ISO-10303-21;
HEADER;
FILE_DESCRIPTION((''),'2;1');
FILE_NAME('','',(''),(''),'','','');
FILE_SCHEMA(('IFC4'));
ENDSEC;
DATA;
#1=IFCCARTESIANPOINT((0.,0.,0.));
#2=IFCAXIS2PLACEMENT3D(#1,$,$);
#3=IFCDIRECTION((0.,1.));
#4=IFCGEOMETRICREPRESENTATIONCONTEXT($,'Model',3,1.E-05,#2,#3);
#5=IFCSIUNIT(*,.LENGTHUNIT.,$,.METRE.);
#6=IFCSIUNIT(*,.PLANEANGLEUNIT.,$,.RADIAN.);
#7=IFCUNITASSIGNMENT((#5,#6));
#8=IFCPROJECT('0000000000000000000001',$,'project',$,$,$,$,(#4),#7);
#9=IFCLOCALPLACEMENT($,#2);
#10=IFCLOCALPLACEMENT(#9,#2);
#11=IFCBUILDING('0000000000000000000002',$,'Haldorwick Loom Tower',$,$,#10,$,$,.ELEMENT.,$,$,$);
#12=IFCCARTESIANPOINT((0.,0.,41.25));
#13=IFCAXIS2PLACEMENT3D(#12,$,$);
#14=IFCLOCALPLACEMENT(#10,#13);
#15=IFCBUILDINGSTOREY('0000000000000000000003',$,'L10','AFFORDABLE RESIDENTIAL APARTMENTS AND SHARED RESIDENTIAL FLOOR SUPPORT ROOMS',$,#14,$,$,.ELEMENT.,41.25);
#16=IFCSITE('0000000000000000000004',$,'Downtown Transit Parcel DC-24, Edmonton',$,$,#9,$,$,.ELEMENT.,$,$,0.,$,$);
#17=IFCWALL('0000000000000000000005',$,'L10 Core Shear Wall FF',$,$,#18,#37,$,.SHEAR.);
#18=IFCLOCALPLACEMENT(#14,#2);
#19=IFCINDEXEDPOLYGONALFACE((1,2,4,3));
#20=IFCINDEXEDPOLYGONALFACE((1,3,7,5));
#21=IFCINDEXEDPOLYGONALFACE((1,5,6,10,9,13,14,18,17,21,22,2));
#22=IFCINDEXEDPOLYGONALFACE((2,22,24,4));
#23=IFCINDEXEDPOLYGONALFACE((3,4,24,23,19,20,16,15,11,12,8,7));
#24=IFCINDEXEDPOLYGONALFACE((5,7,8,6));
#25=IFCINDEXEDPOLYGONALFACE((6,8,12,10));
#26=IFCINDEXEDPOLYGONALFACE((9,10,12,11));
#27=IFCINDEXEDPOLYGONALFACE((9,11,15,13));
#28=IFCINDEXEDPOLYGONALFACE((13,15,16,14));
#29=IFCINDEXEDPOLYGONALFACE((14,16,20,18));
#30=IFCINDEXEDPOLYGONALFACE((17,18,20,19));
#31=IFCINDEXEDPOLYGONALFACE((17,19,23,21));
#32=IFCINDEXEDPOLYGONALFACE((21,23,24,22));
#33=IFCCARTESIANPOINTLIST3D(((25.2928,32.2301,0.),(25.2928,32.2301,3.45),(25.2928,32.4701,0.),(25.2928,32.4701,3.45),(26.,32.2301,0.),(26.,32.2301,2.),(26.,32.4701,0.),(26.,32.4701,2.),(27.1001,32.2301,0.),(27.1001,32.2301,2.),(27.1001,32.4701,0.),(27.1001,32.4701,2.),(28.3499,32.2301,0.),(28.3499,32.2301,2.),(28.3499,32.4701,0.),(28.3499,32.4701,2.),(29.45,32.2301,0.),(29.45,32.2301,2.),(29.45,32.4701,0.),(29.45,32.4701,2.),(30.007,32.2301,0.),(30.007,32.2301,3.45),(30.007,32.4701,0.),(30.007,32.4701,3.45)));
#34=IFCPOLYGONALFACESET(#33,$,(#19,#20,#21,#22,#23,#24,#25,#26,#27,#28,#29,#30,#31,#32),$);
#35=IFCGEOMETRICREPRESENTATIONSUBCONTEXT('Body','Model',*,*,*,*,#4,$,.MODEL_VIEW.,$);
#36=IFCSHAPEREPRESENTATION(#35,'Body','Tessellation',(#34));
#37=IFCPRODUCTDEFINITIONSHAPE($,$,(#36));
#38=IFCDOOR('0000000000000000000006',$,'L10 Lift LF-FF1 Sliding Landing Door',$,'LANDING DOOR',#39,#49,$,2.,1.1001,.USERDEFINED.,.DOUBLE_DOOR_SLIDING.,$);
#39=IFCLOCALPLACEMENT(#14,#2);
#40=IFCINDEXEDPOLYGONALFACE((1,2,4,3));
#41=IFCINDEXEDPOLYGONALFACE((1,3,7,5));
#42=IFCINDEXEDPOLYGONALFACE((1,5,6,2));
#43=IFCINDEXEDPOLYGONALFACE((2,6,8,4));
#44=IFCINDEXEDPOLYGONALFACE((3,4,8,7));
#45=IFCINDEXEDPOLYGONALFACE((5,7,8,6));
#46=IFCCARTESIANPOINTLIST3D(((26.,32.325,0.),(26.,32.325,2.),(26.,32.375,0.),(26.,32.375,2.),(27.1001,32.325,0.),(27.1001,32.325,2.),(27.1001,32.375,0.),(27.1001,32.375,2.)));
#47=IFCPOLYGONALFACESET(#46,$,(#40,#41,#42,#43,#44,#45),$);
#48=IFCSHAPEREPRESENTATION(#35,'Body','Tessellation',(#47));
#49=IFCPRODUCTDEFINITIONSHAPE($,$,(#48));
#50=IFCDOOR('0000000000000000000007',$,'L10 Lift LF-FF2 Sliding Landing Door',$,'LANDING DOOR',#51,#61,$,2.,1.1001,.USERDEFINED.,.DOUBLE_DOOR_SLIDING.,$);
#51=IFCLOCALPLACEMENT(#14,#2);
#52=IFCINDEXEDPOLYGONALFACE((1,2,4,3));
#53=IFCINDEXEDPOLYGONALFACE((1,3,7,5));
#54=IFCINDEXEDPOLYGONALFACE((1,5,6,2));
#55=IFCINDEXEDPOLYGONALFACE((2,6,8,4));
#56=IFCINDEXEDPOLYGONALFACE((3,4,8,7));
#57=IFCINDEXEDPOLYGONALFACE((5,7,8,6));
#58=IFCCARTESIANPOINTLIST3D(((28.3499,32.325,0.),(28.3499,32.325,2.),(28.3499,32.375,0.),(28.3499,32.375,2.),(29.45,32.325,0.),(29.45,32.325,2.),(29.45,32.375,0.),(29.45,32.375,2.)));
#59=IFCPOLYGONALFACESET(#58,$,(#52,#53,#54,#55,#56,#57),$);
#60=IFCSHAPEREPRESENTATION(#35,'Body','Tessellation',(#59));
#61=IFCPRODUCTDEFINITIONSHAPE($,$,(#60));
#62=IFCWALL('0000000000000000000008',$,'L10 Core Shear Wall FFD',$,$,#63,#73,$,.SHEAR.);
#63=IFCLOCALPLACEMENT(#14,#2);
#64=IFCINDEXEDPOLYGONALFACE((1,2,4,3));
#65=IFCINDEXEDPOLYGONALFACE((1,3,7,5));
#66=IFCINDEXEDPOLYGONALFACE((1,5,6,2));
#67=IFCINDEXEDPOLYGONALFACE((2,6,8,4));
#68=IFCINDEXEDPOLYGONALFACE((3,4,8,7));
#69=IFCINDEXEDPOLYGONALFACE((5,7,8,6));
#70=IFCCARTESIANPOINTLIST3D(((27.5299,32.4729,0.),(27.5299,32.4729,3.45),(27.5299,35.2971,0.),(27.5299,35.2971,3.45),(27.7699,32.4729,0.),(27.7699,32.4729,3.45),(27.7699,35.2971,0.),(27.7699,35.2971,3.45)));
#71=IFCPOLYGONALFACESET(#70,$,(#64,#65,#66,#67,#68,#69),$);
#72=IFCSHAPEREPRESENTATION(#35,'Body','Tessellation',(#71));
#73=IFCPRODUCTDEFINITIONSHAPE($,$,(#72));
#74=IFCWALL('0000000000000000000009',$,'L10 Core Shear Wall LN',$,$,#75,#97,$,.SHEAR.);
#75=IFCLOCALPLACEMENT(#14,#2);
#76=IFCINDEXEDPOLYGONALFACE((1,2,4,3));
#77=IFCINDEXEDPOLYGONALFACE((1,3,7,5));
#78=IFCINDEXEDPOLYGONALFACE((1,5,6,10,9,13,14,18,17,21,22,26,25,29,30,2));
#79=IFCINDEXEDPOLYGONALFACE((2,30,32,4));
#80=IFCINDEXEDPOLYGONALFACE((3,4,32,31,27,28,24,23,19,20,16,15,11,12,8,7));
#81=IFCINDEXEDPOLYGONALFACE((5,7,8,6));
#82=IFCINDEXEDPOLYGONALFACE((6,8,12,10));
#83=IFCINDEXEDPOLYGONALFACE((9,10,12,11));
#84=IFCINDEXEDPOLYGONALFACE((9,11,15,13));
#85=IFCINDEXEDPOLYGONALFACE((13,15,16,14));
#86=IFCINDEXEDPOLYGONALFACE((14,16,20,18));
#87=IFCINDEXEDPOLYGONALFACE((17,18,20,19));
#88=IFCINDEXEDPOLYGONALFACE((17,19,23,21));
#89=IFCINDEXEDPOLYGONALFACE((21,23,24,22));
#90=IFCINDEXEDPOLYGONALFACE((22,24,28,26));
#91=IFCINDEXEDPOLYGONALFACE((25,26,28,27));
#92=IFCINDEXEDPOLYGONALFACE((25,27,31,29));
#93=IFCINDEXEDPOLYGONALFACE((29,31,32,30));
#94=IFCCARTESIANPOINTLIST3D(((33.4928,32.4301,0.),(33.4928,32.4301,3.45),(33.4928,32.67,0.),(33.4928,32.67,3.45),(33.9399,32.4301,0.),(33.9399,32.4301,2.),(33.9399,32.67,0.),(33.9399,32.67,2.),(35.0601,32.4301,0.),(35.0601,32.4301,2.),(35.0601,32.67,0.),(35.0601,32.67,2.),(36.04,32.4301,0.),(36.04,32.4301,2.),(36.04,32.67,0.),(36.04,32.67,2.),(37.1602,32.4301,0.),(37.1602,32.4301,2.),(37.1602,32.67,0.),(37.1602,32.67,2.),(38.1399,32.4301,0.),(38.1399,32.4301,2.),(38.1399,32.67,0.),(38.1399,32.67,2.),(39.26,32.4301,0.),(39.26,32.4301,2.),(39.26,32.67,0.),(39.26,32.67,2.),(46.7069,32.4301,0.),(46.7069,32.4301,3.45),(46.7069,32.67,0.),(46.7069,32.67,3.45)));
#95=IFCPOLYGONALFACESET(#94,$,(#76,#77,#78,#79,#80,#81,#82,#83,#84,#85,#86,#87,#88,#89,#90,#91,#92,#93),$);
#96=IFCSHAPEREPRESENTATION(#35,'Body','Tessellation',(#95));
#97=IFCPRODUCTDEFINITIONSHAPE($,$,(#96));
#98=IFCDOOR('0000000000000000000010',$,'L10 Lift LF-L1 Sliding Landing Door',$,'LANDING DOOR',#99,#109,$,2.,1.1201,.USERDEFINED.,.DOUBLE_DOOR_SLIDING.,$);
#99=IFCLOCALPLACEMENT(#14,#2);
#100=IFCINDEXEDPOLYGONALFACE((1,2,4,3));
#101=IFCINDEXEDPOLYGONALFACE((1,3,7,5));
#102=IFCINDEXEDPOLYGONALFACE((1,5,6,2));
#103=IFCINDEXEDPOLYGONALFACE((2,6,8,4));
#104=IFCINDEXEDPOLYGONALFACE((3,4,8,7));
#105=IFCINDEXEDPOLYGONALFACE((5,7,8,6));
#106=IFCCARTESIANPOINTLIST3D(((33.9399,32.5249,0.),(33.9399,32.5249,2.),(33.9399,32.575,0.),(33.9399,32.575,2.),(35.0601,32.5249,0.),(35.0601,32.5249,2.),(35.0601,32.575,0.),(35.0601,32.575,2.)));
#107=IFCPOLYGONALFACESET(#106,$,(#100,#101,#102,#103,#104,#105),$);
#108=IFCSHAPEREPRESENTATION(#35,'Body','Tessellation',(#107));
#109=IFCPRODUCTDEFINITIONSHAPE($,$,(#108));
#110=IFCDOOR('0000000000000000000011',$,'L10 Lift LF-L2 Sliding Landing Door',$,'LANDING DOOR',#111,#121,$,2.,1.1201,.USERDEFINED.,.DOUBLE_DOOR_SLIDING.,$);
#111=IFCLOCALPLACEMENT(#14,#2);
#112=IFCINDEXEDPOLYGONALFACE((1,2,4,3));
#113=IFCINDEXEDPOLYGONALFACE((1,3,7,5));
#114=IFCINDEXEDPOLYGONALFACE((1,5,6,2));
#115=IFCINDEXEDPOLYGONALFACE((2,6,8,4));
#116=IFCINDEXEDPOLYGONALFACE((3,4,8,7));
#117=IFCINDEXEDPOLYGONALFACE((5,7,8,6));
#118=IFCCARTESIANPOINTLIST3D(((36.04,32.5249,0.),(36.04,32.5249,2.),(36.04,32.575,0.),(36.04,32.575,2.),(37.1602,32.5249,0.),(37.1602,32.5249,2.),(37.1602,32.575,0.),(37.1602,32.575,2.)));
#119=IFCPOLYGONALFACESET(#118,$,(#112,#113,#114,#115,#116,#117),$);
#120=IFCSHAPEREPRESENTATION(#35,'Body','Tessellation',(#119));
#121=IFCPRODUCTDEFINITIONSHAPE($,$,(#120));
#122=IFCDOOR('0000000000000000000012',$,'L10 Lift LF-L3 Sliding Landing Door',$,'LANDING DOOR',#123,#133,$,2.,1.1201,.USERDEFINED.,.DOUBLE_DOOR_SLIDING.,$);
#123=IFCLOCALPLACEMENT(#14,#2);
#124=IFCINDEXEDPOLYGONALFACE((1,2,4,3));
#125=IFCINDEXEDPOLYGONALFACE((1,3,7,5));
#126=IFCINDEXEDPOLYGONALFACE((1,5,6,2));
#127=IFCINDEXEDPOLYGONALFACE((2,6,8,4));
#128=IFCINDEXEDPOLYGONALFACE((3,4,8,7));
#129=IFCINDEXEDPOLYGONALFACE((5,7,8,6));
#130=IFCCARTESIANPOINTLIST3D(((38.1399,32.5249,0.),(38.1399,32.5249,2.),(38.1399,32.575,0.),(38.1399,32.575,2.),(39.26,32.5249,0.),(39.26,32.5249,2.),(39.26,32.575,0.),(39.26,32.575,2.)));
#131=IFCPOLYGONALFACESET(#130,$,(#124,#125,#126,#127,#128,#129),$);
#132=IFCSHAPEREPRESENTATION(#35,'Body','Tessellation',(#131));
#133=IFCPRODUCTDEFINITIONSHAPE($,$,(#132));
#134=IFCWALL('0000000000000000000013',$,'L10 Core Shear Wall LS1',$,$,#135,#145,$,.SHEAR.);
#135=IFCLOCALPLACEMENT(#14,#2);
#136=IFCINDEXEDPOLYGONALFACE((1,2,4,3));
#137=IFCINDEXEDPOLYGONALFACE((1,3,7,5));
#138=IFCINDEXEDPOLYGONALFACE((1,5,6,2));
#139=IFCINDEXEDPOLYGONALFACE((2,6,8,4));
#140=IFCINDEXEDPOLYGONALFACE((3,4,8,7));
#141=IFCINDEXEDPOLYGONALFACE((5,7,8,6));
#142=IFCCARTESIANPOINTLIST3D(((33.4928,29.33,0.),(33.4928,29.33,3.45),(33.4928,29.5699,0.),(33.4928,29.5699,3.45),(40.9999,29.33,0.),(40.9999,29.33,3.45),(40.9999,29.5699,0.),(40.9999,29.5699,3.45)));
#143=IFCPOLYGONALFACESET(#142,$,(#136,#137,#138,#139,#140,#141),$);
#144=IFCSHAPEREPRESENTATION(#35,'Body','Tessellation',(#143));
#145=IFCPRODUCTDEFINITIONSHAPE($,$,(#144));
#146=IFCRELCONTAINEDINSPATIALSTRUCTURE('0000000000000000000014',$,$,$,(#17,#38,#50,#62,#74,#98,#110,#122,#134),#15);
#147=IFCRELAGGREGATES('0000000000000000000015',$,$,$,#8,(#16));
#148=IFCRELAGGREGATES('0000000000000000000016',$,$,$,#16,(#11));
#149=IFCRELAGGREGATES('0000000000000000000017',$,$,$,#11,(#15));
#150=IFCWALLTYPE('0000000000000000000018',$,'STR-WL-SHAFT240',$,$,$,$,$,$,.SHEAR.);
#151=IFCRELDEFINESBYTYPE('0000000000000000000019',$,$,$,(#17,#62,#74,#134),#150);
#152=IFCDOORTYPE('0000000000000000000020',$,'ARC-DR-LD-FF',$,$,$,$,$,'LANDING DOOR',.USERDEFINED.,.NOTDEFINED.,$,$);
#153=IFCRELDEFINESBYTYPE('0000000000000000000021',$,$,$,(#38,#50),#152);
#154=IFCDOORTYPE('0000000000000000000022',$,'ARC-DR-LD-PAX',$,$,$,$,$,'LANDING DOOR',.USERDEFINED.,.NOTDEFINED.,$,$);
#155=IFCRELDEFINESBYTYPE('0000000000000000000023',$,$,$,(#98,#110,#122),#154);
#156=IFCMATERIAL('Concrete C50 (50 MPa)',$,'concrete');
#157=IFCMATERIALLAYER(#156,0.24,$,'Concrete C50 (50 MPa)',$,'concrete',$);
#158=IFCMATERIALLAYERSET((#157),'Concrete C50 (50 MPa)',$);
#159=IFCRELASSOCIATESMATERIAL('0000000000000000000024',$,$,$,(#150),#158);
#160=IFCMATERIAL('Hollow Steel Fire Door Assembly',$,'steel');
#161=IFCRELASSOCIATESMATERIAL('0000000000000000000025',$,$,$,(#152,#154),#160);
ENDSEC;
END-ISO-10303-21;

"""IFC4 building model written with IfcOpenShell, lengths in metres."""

from ifc_helpers import new_model, si_unit, direction, frame, frame_2d, origin, place, context, subcontext, project, spatial, rectangle, extrude, material, layer, layer_set, type_object, element, fill, save


model = new_model("IFC4")

# Units and contexts
model_context = context("Model", 3, precision=1e-05, world=origin(), true_north=direction((0.0, 1.0)))
body_context = subcontext(model_context, "Body", "Model", "MODEL_VIEW")
ifc_project = project(units=[si_unit("LENGTHUNIT", "METRE"), si_unit("PLANEANGLEUNIT", "RADIAN")], contexts=[model_context])

# Site, building, storey
site_placement = place(None, origin())
site = spatial("IfcSite", under=ifc_project, at=site_placement, Name="Downtown Transit Parcel DC-24, Edmonton", CompositionType="ELEMENT", RefElevation=0.0)
building_placement = place(site_placement, origin())
building = spatial("IfcBuilding", under=site, at=building_placement, Name="Haldorwick Loom Tower", CompositionType="ELEMENT")
storey_placement = place(building_placement, frame((0.0, 0.0, 41.25)))
storey = spatial("IfcBuildingStorey", under=building, at=storey_placement, Name="L10", Description="AFFORDABLE RESIDENTIAL APARTMENTS AND SHARED RESIDENTIAL FLOOR SUPPORT ROOMS", CompositionType="ELEMENT", Elevation=41.25)

# Shared definitions
ifc_material_1 = material(Name="Concrete C50 (50 MPa)", Category="concrete")
ifc_layer = layer(ifc_material_1, 0.24, Name="Concrete C50 (50 MPa)", Category="concrete")
ifc_layer_set = layer_set([ifc_layer], Name="Concrete C50 (50 MPa)")
wall_type = type_object("IfcWallType", Name="STR-WL-SHAFT240", PredefinedType="SHEAR", material=ifc_layer_set)

# Wall, openings, doors
wall_1_placement = place(storey_placement, frame((25.293, 32.3501, 0.0), z_axis=(0.0, 0.0, 1.0), x_axis=(1.0, 0.0, 0.0)))
wall_1 = element("IfcWall", 1, at=wall_1_placement, inside=storey, type_object=wall_type, Name="L10 Core Shear Wall FF", PredefinedType="SHEAR", context=body_context, shape_type="SweptSolid", body=[
    extrude(rectangle(XDim=4.7141, YDim=0.24, at=frame_2d((2.3569, 0.0))), origin(), (0.0, 0.0, 1.0), 3.45),
])
opening_1_placement = place(wall_1_placement, frame((0.707, 0.0, 0.0)))
opening_1 = element("IfcOpeningElement", 2, at=opening_1_placement, cuts=wall_1, PredefinedType="OPENING", context=body_context, shape_type="SweptSolid", body=[
    extrude(rectangle(XDim=1.1001, YDim=2.0, at=frame_2d((0.55, 1.0))), frame((0.0, 0.1299, 0.0), z_axis=(0.0, -1.0, 0.0), x_axis=(1.0, 0.0, 0.0)), (0.0, 0.0, 1.0), 0.26),
])
opening_2_placement = place(wall_1_placement, frame((3.0569, 0.0, 0.0)))
opening_2 = element("IfcOpeningElement", 3, at=opening_2_placement, cuts=wall_1, PredefinedType="OPENING", context=body_context, shape_type="SweptSolid", body=[
    extrude(rectangle(XDim=1.1001, YDim=2.0, at=frame_2d((0.55, 1.0))), frame((0.0, 0.1299, 0.0), z_axis=(0.0, -1.0, 0.0), x_axis=(1.0, 0.0, 0.0)), (0.0, 0.0, 1.0), 0.26),
])
ifc_material_2 = material(Name="Hollow Steel Fire Door Assembly", Category="steel")
door_type_1 = type_object("IfcDoorType", Name="ARC-DR-LD-FF", ElementType="LANDING DOOR", OperationType="NOTDEFINED", PredefinedType="USERDEFINED", material=ifc_material_2)
door_1_placement = place(opening_1_placement, origin())
door_1 = element("IfcDoor", 4, at=door_1_placement, inside=storey, type_object=door_type_1, Name="L10 Lift LF-FF1 Sliding Landing Door", ObjectType="LANDING DOOR", OperationType="DOUBLE_DOOR_SLIDING", OverallHeight=2.0, OverallWidth=1.1001, PredefinedType="USERDEFINED", context=body_context, shape_type="SweptSolid", body=[
    extrude(rectangle(XDim=1.1001, YDim=2.0, at=frame_2d((0.55, 1.0))), frame((0.0, 0.0249, 0.0), z_axis=(0.0, -1.0, 0.0), x_axis=(1.0, 0.0, 0.0)), (0.0, 0.0, 1.0), 0.05),
])
fill(opening_1, door_1)
door_2_placement = place(opening_2_placement, origin())
door_2 = element("IfcDoor", 5, at=door_2_placement, inside=storey, type_object=door_type_1, Name="L10 Lift LF-FF2 Sliding Landing Door", ObjectType="LANDING DOOR", OperationType="DOUBLE_DOOR_SLIDING", OverallHeight=2.0, OverallWidth=1.1001, PredefinedType="USERDEFINED", context=body_context, shape_type="SweptSolid", body=[
    extrude(rectangle(XDim=1.1001, YDim=2.0, at=frame_2d((0.55, 1.0))), frame((0.0, 0.0249, 0.0), z_axis=(0.0, -1.0, 0.0), x_axis=(1.0, 0.0, 0.0)), (0.0, 0.0, 1.0), 0.05),
])
fill(opening_2, door_2)

# Wall
wall_2_placement = place(storey_placement, frame((27.6499, 32.4729, 0.0), z_axis=(0.0, 0.0, 1.0), x_axis=(0.0, 1.0, 0.0)))
element("IfcWall", 6, at=wall_2_placement, inside=storey, type_object=wall_type, Name="L10 Core Shear Wall FFD", PredefinedType="SHEAR", context=body_context, shape_type="SweptSolid", body=[
    extrude(rectangle(XDim=2.8242, YDim=0.24, at=frame_2d((1.4121, 0.0))), origin(), (0.0, 0.0, 1.0), 3.45),
])

# Wall, openings, doors
wall_3_placement = place(storey_placement, frame((33.4929, 32.55, 0.0), z_axis=(0.0, 0.0, 1.0), x_axis=(1.0, 0.0, 0.0)))
wall_3 = element("IfcWall", 7, at=wall_3_placement, inside=storey, type_object=wall_type, Name="L10 Core Shear Wall LN", PredefinedType="SHEAR", context=body_context, shape_type="SweptSolid", body=[
    extrude(rectangle(XDim=13.2141, YDim=0.24, at=frame_2d((6.6069, 0.0))), origin(), (0.0, 0.0, 1.0), 3.45),
])
opening_3_placement = place(wall_3_placement, frame((0.447, 0.0, 0.0)))
opening_3 = element("IfcOpeningElement", 8, at=opening_3_placement, cuts=wall_3, PredefinedType="OPENING", context=body_context, shape_type="SweptSolid", body=[
    extrude(rectangle(XDim=1.1201, YDim=2.0, at=frame_2d((0.5601, 1.0))), frame((0.0, 0.1299, 0.0), z_axis=(0.0, -1.0, 0.0), x_axis=(1.0, 0.0, 0.0)), (0.0, 0.0, 1.0), 0.26),
])
opening_4_placement = place(wall_3_placement, frame((2.5471, 0.0, 0.0)))
opening_4 = element("IfcOpeningElement", 9, at=opening_4_placement, cuts=wall_3, PredefinedType="OPENING", context=body_context, shape_type="SweptSolid", body=[
    extrude(rectangle(XDim=1.1201, YDim=2.0, at=frame_2d((0.5601, 1.0))), frame((0.0, 0.1299, 0.0), z_axis=(0.0, -1.0, 0.0), x_axis=(1.0, 0.0, 0.0)), (0.0, 0.0, 1.0), 0.26),
])
opening_5_placement = place(wall_3_placement, frame((4.647, 0.0, 0.0)))
opening_5 = element("IfcOpeningElement", 10, at=opening_5_placement, cuts=wall_3, PredefinedType="OPENING", context=body_context, shape_type="SweptSolid", body=[
    extrude(rectangle(XDim=1.1201, YDim=2.0, at=frame_2d((0.5601, 1.0))), frame((0.0, 0.1299, 0.0), z_axis=(0.0, -1.0, 0.0), x_axis=(1.0, 0.0, 0.0)), (0.0, 0.0, 1.0), 0.26),
])
door_type_2 = type_object("IfcDoorType", Name="ARC-DR-LD-PAX", ElementType="LANDING DOOR", OperationType="NOTDEFINED", PredefinedType="USERDEFINED", material=ifc_material_2)
door_3_placement = place(opening_3_placement, origin())
door_3 = element("IfcDoor", 11, at=door_3_placement, inside=storey, type_object=door_type_2, Name="L10 Lift LF-L1 Sliding Landing Door", ObjectType="LANDING DOOR", OperationType="DOUBLE_DOOR_SLIDING", OverallHeight=2.0, OverallWidth=1.1201, PredefinedType="USERDEFINED", context=body_context, shape_type="SweptSolid", body=[
    extrude(rectangle(XDim=1.1201, YDim=2.0, at=frame_2d((0.5601, 1.0))), frame((0.0, 0.0249, 0.0), z_axis=(0.0, -1.0, 0.0), x_axis=(1.0, 0.0, 0.0)), (0.0, 0.0, 1.0), 0.05),
])
fill(opening_3, door_3)
door_4_placement = place(opening_4_placement, origin())
door_4 = element("IfcDoor", 12, at=door_4_placement, inside=storey, type_object=door_type_2, Name="L10 Lift LF-L2 Sliding Landing Door", ObjectType="LANDING DOOR", OperationType="DOUBLE_DOOR_SLIDING", OverallHeight=2.0, OverallWidth=1.1201, PredefinedType="USERDEFINED", context=body_context, shape_type="SweptSolid", body=[
    extrude(rectangle(XDim=1.1201, YDim=2.0, at=frame_2d((0.5601, 1.0))), frame((0.0, 0.0249, 0.0), z_axis=(0.0, -1.0, 0.0), x_axis=(1.0, 0.0, 0.0)), (0.0, 0.0, 1.0), 0.05),
])
fill(opening_4, door_4)
door_5_placement = place(opening_5_placement, origin())
door_5 = element("IfcDoor", 13, at=door_5_placement, inside=storey, type_object=door_type_2, Name="L10 Lift LF-L3 Sliding Landing Door", ObjectType="LANDING DOOR", OperationType="DOUBLE_DOOR_SLIDING", OverallHeight=2.0, OverallWidth=1.1201, PredefinedType="USERDEFINED", context=body_context, shape_type="SweptSolid", body=[
    extrude(rectangle(XDim=1.1201, YDim=2.0, at=frame_2d((0.5601, 1.0))), frame((0.0, 0.0249, 0.0), z_axis=(0.0, -1.0, 0.0), x_axis=(1.0, 0.0, 0.0)), (0.0, 0.0, 1.0), 0.05),
])
fill(opening_5, door_5)

# Wall
wall_4_placement = place(storey_placement, frame((33.4929, 29.45, 0.0), z_axis=(0.0, 0.0, 1.0), x_axis=(1.0, 0.0, 0.0)))
element("IfcWall", 14, at=wall_4_placement, inside=storey, type_object=wall_type, Name="L10 Core Shear Wall LS1", PredefinedType="SHEAR", context=body_context, shape_type="SweptSolid", body=[
    extrude(rectangle(XDim=7.5071, YDim=0.24, at=frame_2d((3.7534, 0.0))), origin(), (0.0, 0.0, 1.0), 3.45),
])

save(model, "model.ifc")
